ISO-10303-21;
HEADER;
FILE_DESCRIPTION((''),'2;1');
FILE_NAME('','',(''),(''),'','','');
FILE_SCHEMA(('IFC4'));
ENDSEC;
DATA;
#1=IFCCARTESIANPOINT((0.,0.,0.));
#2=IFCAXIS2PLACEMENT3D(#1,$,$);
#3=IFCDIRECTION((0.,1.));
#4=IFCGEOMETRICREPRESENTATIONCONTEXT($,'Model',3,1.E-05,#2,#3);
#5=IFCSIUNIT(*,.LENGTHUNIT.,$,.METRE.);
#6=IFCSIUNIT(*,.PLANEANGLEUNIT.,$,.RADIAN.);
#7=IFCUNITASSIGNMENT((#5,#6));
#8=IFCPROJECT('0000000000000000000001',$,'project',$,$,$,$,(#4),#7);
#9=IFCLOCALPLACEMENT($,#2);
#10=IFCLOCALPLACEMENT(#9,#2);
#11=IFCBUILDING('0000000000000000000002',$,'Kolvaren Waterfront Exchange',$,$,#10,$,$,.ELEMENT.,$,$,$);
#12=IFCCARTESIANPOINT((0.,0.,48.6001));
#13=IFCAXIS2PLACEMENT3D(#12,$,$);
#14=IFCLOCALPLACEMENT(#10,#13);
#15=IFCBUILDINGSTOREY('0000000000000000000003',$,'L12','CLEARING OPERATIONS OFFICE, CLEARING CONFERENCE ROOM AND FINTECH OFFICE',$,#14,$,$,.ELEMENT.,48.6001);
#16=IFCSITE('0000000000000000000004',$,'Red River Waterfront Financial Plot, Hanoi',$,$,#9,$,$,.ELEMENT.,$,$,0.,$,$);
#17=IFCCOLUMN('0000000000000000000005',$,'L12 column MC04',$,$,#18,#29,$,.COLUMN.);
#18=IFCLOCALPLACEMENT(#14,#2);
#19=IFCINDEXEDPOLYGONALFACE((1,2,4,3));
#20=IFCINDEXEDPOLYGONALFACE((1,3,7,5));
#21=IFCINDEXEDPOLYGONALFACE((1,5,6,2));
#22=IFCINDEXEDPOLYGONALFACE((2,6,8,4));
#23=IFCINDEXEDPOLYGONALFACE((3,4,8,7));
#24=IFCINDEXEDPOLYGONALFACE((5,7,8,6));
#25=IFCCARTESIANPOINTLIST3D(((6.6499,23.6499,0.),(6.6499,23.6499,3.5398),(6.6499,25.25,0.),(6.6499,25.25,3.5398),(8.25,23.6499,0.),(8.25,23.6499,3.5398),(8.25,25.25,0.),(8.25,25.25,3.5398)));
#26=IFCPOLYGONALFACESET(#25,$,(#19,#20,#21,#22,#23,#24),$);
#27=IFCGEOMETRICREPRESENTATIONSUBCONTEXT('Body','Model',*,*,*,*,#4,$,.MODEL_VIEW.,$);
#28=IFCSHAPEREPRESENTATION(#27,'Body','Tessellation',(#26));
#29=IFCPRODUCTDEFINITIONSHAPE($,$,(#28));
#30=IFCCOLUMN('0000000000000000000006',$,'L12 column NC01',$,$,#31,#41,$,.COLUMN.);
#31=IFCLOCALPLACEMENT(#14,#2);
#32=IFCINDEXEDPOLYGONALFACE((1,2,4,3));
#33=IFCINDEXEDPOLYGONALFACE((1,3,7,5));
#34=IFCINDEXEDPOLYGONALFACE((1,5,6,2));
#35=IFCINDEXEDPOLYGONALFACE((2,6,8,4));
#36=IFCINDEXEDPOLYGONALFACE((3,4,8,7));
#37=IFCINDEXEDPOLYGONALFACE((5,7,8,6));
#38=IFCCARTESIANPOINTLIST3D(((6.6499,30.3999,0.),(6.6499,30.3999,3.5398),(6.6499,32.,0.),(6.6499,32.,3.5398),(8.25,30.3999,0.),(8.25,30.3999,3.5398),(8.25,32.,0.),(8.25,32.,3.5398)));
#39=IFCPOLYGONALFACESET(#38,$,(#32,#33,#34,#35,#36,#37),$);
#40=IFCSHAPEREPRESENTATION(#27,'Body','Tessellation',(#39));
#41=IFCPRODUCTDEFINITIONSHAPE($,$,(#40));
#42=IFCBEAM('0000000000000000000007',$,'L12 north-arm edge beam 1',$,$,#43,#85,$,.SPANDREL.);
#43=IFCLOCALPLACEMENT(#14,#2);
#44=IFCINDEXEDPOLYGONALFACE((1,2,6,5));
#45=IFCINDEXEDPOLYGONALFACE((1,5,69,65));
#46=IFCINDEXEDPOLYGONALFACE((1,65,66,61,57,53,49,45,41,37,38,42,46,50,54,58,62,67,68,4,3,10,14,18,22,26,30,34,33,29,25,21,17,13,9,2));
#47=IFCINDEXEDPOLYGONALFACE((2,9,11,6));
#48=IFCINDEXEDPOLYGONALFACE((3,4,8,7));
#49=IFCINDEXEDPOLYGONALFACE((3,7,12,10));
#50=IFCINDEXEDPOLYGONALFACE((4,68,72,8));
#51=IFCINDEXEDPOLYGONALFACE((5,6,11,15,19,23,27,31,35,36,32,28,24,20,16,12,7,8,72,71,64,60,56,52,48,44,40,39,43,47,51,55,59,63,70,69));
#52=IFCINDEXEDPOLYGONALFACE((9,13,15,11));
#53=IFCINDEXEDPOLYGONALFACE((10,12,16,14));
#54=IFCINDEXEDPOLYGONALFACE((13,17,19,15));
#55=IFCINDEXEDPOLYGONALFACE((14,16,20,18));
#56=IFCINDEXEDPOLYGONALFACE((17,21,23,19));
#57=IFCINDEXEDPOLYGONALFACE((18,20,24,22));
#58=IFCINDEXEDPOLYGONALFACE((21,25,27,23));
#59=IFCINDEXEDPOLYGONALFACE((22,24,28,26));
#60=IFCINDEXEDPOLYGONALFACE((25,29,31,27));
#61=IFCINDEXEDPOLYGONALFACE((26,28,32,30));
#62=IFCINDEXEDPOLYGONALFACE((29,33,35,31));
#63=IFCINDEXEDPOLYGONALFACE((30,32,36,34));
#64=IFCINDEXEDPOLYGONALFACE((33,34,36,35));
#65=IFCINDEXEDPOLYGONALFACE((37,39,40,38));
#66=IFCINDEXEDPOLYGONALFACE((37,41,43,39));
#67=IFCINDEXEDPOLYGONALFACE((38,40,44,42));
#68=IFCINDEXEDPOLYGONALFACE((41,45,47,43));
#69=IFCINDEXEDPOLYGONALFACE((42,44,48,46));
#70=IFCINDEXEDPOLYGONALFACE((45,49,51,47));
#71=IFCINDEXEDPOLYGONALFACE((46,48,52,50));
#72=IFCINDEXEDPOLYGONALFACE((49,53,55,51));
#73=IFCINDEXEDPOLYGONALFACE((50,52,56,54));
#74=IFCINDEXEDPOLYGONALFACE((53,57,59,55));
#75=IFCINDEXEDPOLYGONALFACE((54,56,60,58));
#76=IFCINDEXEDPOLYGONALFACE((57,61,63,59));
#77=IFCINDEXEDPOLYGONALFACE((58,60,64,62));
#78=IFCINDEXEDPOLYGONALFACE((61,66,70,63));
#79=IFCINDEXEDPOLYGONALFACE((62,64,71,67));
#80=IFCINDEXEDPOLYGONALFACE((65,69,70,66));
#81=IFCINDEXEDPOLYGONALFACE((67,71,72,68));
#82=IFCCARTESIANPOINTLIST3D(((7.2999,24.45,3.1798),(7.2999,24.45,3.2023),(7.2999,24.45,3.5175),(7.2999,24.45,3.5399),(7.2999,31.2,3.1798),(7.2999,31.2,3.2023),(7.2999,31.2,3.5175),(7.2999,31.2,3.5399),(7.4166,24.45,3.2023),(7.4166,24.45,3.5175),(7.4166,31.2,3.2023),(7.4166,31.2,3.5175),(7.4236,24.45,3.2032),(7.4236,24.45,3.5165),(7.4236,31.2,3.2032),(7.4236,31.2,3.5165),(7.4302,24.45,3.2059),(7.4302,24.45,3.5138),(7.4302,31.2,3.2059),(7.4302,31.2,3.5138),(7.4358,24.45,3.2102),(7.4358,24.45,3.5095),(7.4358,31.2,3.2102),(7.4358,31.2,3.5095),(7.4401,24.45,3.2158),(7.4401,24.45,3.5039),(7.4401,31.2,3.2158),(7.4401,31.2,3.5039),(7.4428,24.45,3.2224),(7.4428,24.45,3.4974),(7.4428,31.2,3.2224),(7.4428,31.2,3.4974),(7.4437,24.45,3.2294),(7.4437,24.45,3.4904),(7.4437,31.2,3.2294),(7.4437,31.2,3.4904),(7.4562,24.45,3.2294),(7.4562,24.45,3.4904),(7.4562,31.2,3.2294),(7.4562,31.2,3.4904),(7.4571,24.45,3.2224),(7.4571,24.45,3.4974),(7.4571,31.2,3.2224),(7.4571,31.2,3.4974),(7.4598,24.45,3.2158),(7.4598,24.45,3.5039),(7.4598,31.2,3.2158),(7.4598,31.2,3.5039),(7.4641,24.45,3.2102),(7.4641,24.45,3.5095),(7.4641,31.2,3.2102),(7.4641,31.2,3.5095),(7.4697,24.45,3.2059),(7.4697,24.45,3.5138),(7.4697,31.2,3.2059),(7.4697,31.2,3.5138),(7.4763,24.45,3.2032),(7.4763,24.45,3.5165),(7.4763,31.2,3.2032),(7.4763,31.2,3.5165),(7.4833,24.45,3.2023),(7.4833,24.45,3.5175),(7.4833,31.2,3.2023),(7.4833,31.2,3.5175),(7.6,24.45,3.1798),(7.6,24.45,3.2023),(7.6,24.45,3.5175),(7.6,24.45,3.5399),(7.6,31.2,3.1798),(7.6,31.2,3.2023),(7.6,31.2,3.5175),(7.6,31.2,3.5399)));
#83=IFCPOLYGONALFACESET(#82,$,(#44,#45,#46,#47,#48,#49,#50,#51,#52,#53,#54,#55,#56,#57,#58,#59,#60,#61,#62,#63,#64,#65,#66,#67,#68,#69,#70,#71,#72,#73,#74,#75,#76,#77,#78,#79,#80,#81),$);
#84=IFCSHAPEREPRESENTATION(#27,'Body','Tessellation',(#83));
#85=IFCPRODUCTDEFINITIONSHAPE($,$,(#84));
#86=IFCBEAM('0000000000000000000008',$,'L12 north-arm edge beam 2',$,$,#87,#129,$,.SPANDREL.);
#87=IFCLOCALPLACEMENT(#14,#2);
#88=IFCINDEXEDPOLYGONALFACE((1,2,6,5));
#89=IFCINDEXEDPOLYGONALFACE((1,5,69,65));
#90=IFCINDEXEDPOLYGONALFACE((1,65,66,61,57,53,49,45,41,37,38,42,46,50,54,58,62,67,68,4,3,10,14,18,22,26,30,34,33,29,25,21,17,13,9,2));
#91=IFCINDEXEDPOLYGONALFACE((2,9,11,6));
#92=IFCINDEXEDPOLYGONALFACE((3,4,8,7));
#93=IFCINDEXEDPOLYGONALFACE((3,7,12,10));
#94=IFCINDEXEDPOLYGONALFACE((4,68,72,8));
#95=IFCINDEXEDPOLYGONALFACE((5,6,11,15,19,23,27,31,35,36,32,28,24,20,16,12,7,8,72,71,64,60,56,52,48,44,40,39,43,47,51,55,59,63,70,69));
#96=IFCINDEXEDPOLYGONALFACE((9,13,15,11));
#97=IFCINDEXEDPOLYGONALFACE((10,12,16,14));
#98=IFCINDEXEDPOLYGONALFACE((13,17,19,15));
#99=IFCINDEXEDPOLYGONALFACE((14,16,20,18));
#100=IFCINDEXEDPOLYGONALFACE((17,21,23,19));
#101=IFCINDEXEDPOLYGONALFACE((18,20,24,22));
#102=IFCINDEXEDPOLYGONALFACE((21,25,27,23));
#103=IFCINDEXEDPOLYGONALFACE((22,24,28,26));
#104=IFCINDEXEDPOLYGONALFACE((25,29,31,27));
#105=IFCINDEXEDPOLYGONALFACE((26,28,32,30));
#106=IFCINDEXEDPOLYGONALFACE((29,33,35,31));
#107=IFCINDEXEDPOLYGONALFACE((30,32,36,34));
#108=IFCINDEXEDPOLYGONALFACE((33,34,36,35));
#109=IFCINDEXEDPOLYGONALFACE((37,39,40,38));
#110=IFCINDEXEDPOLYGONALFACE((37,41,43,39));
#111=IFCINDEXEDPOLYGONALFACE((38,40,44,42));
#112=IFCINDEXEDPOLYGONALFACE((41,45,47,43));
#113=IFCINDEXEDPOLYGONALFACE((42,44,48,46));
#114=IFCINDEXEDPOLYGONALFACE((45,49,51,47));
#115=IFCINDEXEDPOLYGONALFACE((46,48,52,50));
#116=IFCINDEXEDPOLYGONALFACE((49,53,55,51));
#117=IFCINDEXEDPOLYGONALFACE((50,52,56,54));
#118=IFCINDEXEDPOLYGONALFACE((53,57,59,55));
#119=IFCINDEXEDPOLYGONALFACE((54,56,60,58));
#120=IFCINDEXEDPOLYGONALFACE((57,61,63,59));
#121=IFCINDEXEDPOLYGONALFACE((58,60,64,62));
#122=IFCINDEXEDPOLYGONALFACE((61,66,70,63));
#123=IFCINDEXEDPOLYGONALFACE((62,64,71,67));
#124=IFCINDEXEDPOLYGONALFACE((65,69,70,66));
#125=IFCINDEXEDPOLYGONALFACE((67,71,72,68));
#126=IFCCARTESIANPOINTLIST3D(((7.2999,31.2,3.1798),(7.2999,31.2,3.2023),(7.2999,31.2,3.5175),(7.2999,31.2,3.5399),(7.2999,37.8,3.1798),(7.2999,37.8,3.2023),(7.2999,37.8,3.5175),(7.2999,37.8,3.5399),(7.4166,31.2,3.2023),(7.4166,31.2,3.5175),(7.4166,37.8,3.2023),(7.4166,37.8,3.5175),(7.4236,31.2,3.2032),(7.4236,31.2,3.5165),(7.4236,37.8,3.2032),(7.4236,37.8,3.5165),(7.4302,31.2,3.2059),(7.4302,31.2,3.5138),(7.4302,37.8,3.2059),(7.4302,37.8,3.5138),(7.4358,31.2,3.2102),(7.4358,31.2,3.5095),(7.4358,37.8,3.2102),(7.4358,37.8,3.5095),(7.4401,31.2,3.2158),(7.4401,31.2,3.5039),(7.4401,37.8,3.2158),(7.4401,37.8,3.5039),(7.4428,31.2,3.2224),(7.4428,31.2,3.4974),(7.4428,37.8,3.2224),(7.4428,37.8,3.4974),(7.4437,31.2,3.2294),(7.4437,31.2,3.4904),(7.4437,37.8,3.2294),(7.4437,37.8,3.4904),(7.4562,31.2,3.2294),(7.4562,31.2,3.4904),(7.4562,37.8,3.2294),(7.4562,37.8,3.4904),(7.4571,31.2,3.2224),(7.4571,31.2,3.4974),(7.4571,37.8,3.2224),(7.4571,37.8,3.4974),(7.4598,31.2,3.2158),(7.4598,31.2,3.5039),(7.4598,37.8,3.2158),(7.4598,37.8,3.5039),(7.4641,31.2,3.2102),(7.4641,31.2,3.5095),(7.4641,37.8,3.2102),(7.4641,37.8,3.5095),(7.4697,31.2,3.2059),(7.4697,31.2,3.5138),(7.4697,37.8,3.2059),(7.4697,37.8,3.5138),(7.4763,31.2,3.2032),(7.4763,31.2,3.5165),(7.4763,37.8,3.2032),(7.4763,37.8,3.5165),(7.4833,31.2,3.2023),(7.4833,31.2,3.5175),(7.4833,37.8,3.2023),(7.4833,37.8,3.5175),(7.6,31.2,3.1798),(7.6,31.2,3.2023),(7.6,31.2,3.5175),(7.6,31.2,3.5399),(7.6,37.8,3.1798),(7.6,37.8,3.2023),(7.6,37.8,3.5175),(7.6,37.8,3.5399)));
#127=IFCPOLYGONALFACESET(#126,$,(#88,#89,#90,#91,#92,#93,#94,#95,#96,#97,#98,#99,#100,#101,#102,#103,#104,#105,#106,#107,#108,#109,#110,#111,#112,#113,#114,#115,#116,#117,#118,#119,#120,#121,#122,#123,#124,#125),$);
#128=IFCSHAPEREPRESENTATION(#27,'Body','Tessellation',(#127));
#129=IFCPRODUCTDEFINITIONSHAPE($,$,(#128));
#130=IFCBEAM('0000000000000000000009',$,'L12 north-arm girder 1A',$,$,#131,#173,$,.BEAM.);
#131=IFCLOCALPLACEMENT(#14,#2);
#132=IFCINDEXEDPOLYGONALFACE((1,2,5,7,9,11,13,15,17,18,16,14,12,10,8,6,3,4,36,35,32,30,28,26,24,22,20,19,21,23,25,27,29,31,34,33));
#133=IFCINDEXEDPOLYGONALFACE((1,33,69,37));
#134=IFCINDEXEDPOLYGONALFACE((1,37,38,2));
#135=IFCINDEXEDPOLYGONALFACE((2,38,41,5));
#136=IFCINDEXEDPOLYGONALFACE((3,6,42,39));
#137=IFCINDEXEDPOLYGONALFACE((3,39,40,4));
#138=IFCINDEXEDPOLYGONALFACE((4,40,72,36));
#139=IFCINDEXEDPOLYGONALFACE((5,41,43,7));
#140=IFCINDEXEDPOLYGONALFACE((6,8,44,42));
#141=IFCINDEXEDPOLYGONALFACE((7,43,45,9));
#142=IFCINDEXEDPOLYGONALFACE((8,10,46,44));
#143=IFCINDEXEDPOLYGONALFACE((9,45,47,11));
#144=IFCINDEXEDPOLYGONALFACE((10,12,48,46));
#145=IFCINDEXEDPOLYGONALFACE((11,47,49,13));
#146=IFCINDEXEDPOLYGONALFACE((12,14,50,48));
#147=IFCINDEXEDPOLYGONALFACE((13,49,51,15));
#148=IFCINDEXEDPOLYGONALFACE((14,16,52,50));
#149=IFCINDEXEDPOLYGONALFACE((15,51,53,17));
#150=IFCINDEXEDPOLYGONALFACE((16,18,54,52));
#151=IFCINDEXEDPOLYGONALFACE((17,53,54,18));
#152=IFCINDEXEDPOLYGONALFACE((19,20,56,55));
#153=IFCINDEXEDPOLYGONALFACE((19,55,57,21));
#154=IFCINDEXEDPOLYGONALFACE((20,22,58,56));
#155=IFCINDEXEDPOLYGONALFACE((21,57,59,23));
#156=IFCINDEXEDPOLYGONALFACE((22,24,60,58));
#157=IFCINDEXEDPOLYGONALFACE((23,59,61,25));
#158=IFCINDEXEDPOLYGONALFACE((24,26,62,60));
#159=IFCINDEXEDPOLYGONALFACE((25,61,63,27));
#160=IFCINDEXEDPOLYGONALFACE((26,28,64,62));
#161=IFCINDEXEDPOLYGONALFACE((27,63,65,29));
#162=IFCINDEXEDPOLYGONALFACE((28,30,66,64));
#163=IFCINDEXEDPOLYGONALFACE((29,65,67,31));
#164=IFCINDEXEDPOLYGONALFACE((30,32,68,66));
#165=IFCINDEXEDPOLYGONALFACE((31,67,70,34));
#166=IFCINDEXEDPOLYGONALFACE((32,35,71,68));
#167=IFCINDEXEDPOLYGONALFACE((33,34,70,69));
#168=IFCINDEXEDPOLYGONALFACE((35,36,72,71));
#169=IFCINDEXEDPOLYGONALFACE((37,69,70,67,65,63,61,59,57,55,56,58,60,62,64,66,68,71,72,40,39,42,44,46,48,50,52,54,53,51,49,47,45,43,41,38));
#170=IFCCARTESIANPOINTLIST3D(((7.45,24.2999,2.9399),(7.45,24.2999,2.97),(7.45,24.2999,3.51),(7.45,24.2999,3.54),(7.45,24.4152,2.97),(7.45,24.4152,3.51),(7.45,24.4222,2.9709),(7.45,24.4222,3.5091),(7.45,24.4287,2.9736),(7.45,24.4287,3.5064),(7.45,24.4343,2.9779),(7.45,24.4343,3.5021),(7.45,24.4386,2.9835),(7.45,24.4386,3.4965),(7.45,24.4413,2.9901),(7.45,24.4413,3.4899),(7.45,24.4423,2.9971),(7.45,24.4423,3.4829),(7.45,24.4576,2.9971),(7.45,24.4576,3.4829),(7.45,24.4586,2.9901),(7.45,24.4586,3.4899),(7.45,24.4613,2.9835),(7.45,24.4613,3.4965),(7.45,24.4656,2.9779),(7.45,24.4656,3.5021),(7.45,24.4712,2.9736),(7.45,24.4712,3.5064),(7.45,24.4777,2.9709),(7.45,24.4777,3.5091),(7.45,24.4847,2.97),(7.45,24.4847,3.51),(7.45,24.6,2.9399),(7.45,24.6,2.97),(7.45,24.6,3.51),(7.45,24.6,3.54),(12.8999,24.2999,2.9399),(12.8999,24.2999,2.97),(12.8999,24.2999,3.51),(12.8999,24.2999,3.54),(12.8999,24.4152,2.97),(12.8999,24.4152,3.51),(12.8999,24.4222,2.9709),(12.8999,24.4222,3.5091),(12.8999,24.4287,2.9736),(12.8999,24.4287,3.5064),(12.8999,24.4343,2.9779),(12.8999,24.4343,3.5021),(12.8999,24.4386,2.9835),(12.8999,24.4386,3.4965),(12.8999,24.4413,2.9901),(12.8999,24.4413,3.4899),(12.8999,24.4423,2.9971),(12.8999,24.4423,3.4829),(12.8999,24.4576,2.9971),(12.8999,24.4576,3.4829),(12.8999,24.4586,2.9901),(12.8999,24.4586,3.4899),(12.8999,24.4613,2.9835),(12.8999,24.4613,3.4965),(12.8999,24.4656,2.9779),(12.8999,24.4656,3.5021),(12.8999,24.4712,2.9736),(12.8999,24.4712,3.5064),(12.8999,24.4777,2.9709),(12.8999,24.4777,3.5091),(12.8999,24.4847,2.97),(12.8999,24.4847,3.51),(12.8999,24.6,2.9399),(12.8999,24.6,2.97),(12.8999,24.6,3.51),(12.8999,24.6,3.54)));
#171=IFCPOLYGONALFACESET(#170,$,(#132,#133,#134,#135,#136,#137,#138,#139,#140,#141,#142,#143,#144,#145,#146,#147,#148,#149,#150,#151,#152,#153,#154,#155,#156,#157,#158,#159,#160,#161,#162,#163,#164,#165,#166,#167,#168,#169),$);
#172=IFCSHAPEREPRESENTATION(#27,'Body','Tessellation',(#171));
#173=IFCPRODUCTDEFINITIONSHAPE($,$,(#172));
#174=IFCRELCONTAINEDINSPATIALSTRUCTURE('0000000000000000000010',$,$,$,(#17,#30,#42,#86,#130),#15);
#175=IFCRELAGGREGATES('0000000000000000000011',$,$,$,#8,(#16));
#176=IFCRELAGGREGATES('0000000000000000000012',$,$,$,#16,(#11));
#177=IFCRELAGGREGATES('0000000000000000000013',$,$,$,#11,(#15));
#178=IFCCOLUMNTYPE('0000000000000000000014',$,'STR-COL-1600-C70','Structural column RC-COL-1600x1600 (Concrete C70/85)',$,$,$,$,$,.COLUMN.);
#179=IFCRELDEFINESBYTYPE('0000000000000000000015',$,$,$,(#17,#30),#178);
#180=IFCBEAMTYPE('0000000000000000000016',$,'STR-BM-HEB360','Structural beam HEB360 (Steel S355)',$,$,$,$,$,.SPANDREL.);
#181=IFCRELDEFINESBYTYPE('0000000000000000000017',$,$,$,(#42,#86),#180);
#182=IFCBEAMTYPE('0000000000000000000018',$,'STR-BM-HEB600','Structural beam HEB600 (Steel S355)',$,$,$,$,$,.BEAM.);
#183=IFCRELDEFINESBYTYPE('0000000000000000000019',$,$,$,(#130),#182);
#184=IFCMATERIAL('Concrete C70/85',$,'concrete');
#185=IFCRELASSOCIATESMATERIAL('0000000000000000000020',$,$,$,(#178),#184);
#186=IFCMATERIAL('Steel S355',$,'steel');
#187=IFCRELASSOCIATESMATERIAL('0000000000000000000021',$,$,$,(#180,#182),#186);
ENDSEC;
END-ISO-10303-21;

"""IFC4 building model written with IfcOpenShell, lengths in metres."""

from ifc_helpers import new_model, si_unit, direction, frame, origin, origin_2d, place, context, subcontext, project, spatial, rectangle, i_section, extrude, material, material_profile, profile_set, type_object, element, save


model = new_model("IFC4")

# Units and contexts
model_context = context("Model", 3, precision=1e-05, world=origin(), true_north=direction((0.0, 1.0)))
body_context = subcontext(model_context, "Body", "Model", "MODEL_VIEW")
ifc_project = project(units=[si_unit("LENGTHUNIT", "METRE"), si_unit("PLANEANGLEUNIT", "RADIAN")], contexts=[model_context])

# Site, building, storey
site_placement = place(None, origin())
site = spatial("IfcSite", under=ifc_project, at=site_placement, Name="Red River Waterfront Financial Plot, Hanoi", CompositionType="ELEMENT", RefElevation=0.0)
building_placement = place(site_placement, origin())
building = spatial("IfcBuilding", under=site, at=building_placement, Name="Kolvaren Waterfront Exchange", CompositionType="ELEMENT")
storey_placement = place(building_placement, frame((0.0, 0.0, 48.6001)))
storey = spatial("IfcBuildingStorey", under=building, at=storey_placement, Name="L12", Description="CLEARING OPERATIONS OFFICE, CLEARING CONFERENCE ROOM AND FINTECH OFFICE", CompositionType="ELEMENT", Elevation=48.6001)

# Columns
ifc_material_1 = material(Name="Concrete C70/85", Category="concrete")
ifc_material_profile_1 = material_profile(ifc_material_1, rectangle(XDim=1.6001, YDim=1.6001, at=origin_2d()), Name="RC-COL-1600x1600")
ifc_profile_set_1 = profile_set([ifc_material_profile_1], Name="Concrete C70/85")
column_type = type_object("IfcColumnType", Name="STR-COL-1600-C70", Description="Structural column RC-COL-1600x1600 (Concrete C70/85)", PredefinedType="COLUMN", material=ifc_profile_set_1)
for number, where, z_axis, x_axis, name in (
    (1, (7.45, 24.45, 0.0), (0.0, 0.0, 1.0), (1.0, 0.0, 0.0), "L12 column MC04"),
    (2, (7.45, 31.2, 0.0), (0.0, 0.0, 1.0), (1.0, 0.0, 0.0), "L12 column NC01"),
):
    element("IfcColumn", number, at=place(storey_placement, frame(where, z_axis=z_axis, x_axis=x_axis)), inside=storey, type_object=column_type, Name=name, PredefinedType="COLUMN", context=body_context, shape_type="SweptSolid", body=[
        extrude(rectangle(XDim=1.6001, YDim=1.6001, at=origin_2d()), origin(), (0.0, 0.0, 1.0), 3.5398),
    ])

# Beams
ifc_material_2 = material(Name="Steel S355", Category="steel")
ifc_material_profile_2 = material_profile(ifc_material_2, i_section(OverallWidth=0.3, OverallDepth=0.3601, WebThickness=0.0125, FlangeThickness=0.0225, FilletRadius=0.0271, at=origin_2d()), Name="HEB360")
ifc_profile_set_2 = profile_set([ifc_material_profile_2], Name="Steel S355")
beam_type_1 = type_object("IfcBeamType", Name="STR-BM-HEB360", Description="Structural beam HEB360 (Steel S355)", PredefinedType="SPANDREL", material=ifc_profile_set_2)
beam_1_placement = place(storey_placement, frame((7.45, 24.45, 3.3599), z_axis=(0.0, 1.0, 0.0), x_axis=(-1.0, 0.0, 0.0)))
element("IfcBeam", 3, at=beam_1_placement, inside=storey, type_object=beam_type_1, Name="L12 north-arm edge beam 1", PredefinedType="SPANDREL", context=body_context, shape_type="SweptSolid", body=[
    extrude(i_section(OverallWidth=0.3, OverallDepth=0.3601, WebThickness=0.0125, FlangeThickness=0.0225, FilletRadius=0.0271, at=origin_2d()), origin(), (0.0, 0.0, 1.0), 6.75),
])
beam_2_placement = place(storey_placement, frame((7.45, 31.2, 3.3599), z_axis=(0.0, 1.0, 0.0), x_axis=(-1.0, 0.0, 0.0)))
element("IfcBeam", 4, at=beam_2_placement, inside=storey, type_object=beam_type_1, Name="L12 north-arm edge beam 2", PredefinedType="SPANDREL", context=body_context, shape_type="SweptSolid", body=[
    extrude(i_section(OverallWidth=0.3, OverallDepth=0.3601, WebThickness=0.0125, FlangeThickness=0.0225, FilletRadius=0.0271, at=origin_2d()), origin(), (0.0, 0.0, 1.0), 6.6001),
])
ifc_material_profile_3 = material_profile(ifc_material_2, i_section(OverallWidth=0.3, OverallDepth=0.6001, WebThickness=0.0154, FlangeThickness=0.03, FilletRadius=0.0271, at=origin_2d()), Name="HEB600")
ifc_profile_set_3 = profile_set([ifc_material_profile_3], Name="Steel S355")
beam_type_2 = type_object("IfcBeamType", Name="STR-BM-HEB600", Description="Structural beam HEB600 (Steel S355)", PredefinedType="BEAM", material=ifc_profile_set_3)
for number, where, z_axis, x_axis, name in (
    (5, (7.45, 24.45, 3.24), (1.0, 0.0, 0.0), (0.0, 1.0, 0.0), "L12 north-arm girder 1A"),
):
    element("IfcBeam", number, at=place(storey_placement, frame(where, z_axis=z_axis, x_axis=x_axis)), inside=storey, type_object=beam_type_2, Name=name, PredefinedType="BEAM", context=body_context, shape_type="SweptSolid", body=[
        extrude(i_section(OverallWidth=0.3, OverallDepth=0.6001, WebThickness=0.0154, FlangeThickness=0.03, FilletRadius=0.0271, at=origin_2d()), origin(), (0.0, 0.0, 1.0), 5.45),
    ])

save(model, "model.ifc")
